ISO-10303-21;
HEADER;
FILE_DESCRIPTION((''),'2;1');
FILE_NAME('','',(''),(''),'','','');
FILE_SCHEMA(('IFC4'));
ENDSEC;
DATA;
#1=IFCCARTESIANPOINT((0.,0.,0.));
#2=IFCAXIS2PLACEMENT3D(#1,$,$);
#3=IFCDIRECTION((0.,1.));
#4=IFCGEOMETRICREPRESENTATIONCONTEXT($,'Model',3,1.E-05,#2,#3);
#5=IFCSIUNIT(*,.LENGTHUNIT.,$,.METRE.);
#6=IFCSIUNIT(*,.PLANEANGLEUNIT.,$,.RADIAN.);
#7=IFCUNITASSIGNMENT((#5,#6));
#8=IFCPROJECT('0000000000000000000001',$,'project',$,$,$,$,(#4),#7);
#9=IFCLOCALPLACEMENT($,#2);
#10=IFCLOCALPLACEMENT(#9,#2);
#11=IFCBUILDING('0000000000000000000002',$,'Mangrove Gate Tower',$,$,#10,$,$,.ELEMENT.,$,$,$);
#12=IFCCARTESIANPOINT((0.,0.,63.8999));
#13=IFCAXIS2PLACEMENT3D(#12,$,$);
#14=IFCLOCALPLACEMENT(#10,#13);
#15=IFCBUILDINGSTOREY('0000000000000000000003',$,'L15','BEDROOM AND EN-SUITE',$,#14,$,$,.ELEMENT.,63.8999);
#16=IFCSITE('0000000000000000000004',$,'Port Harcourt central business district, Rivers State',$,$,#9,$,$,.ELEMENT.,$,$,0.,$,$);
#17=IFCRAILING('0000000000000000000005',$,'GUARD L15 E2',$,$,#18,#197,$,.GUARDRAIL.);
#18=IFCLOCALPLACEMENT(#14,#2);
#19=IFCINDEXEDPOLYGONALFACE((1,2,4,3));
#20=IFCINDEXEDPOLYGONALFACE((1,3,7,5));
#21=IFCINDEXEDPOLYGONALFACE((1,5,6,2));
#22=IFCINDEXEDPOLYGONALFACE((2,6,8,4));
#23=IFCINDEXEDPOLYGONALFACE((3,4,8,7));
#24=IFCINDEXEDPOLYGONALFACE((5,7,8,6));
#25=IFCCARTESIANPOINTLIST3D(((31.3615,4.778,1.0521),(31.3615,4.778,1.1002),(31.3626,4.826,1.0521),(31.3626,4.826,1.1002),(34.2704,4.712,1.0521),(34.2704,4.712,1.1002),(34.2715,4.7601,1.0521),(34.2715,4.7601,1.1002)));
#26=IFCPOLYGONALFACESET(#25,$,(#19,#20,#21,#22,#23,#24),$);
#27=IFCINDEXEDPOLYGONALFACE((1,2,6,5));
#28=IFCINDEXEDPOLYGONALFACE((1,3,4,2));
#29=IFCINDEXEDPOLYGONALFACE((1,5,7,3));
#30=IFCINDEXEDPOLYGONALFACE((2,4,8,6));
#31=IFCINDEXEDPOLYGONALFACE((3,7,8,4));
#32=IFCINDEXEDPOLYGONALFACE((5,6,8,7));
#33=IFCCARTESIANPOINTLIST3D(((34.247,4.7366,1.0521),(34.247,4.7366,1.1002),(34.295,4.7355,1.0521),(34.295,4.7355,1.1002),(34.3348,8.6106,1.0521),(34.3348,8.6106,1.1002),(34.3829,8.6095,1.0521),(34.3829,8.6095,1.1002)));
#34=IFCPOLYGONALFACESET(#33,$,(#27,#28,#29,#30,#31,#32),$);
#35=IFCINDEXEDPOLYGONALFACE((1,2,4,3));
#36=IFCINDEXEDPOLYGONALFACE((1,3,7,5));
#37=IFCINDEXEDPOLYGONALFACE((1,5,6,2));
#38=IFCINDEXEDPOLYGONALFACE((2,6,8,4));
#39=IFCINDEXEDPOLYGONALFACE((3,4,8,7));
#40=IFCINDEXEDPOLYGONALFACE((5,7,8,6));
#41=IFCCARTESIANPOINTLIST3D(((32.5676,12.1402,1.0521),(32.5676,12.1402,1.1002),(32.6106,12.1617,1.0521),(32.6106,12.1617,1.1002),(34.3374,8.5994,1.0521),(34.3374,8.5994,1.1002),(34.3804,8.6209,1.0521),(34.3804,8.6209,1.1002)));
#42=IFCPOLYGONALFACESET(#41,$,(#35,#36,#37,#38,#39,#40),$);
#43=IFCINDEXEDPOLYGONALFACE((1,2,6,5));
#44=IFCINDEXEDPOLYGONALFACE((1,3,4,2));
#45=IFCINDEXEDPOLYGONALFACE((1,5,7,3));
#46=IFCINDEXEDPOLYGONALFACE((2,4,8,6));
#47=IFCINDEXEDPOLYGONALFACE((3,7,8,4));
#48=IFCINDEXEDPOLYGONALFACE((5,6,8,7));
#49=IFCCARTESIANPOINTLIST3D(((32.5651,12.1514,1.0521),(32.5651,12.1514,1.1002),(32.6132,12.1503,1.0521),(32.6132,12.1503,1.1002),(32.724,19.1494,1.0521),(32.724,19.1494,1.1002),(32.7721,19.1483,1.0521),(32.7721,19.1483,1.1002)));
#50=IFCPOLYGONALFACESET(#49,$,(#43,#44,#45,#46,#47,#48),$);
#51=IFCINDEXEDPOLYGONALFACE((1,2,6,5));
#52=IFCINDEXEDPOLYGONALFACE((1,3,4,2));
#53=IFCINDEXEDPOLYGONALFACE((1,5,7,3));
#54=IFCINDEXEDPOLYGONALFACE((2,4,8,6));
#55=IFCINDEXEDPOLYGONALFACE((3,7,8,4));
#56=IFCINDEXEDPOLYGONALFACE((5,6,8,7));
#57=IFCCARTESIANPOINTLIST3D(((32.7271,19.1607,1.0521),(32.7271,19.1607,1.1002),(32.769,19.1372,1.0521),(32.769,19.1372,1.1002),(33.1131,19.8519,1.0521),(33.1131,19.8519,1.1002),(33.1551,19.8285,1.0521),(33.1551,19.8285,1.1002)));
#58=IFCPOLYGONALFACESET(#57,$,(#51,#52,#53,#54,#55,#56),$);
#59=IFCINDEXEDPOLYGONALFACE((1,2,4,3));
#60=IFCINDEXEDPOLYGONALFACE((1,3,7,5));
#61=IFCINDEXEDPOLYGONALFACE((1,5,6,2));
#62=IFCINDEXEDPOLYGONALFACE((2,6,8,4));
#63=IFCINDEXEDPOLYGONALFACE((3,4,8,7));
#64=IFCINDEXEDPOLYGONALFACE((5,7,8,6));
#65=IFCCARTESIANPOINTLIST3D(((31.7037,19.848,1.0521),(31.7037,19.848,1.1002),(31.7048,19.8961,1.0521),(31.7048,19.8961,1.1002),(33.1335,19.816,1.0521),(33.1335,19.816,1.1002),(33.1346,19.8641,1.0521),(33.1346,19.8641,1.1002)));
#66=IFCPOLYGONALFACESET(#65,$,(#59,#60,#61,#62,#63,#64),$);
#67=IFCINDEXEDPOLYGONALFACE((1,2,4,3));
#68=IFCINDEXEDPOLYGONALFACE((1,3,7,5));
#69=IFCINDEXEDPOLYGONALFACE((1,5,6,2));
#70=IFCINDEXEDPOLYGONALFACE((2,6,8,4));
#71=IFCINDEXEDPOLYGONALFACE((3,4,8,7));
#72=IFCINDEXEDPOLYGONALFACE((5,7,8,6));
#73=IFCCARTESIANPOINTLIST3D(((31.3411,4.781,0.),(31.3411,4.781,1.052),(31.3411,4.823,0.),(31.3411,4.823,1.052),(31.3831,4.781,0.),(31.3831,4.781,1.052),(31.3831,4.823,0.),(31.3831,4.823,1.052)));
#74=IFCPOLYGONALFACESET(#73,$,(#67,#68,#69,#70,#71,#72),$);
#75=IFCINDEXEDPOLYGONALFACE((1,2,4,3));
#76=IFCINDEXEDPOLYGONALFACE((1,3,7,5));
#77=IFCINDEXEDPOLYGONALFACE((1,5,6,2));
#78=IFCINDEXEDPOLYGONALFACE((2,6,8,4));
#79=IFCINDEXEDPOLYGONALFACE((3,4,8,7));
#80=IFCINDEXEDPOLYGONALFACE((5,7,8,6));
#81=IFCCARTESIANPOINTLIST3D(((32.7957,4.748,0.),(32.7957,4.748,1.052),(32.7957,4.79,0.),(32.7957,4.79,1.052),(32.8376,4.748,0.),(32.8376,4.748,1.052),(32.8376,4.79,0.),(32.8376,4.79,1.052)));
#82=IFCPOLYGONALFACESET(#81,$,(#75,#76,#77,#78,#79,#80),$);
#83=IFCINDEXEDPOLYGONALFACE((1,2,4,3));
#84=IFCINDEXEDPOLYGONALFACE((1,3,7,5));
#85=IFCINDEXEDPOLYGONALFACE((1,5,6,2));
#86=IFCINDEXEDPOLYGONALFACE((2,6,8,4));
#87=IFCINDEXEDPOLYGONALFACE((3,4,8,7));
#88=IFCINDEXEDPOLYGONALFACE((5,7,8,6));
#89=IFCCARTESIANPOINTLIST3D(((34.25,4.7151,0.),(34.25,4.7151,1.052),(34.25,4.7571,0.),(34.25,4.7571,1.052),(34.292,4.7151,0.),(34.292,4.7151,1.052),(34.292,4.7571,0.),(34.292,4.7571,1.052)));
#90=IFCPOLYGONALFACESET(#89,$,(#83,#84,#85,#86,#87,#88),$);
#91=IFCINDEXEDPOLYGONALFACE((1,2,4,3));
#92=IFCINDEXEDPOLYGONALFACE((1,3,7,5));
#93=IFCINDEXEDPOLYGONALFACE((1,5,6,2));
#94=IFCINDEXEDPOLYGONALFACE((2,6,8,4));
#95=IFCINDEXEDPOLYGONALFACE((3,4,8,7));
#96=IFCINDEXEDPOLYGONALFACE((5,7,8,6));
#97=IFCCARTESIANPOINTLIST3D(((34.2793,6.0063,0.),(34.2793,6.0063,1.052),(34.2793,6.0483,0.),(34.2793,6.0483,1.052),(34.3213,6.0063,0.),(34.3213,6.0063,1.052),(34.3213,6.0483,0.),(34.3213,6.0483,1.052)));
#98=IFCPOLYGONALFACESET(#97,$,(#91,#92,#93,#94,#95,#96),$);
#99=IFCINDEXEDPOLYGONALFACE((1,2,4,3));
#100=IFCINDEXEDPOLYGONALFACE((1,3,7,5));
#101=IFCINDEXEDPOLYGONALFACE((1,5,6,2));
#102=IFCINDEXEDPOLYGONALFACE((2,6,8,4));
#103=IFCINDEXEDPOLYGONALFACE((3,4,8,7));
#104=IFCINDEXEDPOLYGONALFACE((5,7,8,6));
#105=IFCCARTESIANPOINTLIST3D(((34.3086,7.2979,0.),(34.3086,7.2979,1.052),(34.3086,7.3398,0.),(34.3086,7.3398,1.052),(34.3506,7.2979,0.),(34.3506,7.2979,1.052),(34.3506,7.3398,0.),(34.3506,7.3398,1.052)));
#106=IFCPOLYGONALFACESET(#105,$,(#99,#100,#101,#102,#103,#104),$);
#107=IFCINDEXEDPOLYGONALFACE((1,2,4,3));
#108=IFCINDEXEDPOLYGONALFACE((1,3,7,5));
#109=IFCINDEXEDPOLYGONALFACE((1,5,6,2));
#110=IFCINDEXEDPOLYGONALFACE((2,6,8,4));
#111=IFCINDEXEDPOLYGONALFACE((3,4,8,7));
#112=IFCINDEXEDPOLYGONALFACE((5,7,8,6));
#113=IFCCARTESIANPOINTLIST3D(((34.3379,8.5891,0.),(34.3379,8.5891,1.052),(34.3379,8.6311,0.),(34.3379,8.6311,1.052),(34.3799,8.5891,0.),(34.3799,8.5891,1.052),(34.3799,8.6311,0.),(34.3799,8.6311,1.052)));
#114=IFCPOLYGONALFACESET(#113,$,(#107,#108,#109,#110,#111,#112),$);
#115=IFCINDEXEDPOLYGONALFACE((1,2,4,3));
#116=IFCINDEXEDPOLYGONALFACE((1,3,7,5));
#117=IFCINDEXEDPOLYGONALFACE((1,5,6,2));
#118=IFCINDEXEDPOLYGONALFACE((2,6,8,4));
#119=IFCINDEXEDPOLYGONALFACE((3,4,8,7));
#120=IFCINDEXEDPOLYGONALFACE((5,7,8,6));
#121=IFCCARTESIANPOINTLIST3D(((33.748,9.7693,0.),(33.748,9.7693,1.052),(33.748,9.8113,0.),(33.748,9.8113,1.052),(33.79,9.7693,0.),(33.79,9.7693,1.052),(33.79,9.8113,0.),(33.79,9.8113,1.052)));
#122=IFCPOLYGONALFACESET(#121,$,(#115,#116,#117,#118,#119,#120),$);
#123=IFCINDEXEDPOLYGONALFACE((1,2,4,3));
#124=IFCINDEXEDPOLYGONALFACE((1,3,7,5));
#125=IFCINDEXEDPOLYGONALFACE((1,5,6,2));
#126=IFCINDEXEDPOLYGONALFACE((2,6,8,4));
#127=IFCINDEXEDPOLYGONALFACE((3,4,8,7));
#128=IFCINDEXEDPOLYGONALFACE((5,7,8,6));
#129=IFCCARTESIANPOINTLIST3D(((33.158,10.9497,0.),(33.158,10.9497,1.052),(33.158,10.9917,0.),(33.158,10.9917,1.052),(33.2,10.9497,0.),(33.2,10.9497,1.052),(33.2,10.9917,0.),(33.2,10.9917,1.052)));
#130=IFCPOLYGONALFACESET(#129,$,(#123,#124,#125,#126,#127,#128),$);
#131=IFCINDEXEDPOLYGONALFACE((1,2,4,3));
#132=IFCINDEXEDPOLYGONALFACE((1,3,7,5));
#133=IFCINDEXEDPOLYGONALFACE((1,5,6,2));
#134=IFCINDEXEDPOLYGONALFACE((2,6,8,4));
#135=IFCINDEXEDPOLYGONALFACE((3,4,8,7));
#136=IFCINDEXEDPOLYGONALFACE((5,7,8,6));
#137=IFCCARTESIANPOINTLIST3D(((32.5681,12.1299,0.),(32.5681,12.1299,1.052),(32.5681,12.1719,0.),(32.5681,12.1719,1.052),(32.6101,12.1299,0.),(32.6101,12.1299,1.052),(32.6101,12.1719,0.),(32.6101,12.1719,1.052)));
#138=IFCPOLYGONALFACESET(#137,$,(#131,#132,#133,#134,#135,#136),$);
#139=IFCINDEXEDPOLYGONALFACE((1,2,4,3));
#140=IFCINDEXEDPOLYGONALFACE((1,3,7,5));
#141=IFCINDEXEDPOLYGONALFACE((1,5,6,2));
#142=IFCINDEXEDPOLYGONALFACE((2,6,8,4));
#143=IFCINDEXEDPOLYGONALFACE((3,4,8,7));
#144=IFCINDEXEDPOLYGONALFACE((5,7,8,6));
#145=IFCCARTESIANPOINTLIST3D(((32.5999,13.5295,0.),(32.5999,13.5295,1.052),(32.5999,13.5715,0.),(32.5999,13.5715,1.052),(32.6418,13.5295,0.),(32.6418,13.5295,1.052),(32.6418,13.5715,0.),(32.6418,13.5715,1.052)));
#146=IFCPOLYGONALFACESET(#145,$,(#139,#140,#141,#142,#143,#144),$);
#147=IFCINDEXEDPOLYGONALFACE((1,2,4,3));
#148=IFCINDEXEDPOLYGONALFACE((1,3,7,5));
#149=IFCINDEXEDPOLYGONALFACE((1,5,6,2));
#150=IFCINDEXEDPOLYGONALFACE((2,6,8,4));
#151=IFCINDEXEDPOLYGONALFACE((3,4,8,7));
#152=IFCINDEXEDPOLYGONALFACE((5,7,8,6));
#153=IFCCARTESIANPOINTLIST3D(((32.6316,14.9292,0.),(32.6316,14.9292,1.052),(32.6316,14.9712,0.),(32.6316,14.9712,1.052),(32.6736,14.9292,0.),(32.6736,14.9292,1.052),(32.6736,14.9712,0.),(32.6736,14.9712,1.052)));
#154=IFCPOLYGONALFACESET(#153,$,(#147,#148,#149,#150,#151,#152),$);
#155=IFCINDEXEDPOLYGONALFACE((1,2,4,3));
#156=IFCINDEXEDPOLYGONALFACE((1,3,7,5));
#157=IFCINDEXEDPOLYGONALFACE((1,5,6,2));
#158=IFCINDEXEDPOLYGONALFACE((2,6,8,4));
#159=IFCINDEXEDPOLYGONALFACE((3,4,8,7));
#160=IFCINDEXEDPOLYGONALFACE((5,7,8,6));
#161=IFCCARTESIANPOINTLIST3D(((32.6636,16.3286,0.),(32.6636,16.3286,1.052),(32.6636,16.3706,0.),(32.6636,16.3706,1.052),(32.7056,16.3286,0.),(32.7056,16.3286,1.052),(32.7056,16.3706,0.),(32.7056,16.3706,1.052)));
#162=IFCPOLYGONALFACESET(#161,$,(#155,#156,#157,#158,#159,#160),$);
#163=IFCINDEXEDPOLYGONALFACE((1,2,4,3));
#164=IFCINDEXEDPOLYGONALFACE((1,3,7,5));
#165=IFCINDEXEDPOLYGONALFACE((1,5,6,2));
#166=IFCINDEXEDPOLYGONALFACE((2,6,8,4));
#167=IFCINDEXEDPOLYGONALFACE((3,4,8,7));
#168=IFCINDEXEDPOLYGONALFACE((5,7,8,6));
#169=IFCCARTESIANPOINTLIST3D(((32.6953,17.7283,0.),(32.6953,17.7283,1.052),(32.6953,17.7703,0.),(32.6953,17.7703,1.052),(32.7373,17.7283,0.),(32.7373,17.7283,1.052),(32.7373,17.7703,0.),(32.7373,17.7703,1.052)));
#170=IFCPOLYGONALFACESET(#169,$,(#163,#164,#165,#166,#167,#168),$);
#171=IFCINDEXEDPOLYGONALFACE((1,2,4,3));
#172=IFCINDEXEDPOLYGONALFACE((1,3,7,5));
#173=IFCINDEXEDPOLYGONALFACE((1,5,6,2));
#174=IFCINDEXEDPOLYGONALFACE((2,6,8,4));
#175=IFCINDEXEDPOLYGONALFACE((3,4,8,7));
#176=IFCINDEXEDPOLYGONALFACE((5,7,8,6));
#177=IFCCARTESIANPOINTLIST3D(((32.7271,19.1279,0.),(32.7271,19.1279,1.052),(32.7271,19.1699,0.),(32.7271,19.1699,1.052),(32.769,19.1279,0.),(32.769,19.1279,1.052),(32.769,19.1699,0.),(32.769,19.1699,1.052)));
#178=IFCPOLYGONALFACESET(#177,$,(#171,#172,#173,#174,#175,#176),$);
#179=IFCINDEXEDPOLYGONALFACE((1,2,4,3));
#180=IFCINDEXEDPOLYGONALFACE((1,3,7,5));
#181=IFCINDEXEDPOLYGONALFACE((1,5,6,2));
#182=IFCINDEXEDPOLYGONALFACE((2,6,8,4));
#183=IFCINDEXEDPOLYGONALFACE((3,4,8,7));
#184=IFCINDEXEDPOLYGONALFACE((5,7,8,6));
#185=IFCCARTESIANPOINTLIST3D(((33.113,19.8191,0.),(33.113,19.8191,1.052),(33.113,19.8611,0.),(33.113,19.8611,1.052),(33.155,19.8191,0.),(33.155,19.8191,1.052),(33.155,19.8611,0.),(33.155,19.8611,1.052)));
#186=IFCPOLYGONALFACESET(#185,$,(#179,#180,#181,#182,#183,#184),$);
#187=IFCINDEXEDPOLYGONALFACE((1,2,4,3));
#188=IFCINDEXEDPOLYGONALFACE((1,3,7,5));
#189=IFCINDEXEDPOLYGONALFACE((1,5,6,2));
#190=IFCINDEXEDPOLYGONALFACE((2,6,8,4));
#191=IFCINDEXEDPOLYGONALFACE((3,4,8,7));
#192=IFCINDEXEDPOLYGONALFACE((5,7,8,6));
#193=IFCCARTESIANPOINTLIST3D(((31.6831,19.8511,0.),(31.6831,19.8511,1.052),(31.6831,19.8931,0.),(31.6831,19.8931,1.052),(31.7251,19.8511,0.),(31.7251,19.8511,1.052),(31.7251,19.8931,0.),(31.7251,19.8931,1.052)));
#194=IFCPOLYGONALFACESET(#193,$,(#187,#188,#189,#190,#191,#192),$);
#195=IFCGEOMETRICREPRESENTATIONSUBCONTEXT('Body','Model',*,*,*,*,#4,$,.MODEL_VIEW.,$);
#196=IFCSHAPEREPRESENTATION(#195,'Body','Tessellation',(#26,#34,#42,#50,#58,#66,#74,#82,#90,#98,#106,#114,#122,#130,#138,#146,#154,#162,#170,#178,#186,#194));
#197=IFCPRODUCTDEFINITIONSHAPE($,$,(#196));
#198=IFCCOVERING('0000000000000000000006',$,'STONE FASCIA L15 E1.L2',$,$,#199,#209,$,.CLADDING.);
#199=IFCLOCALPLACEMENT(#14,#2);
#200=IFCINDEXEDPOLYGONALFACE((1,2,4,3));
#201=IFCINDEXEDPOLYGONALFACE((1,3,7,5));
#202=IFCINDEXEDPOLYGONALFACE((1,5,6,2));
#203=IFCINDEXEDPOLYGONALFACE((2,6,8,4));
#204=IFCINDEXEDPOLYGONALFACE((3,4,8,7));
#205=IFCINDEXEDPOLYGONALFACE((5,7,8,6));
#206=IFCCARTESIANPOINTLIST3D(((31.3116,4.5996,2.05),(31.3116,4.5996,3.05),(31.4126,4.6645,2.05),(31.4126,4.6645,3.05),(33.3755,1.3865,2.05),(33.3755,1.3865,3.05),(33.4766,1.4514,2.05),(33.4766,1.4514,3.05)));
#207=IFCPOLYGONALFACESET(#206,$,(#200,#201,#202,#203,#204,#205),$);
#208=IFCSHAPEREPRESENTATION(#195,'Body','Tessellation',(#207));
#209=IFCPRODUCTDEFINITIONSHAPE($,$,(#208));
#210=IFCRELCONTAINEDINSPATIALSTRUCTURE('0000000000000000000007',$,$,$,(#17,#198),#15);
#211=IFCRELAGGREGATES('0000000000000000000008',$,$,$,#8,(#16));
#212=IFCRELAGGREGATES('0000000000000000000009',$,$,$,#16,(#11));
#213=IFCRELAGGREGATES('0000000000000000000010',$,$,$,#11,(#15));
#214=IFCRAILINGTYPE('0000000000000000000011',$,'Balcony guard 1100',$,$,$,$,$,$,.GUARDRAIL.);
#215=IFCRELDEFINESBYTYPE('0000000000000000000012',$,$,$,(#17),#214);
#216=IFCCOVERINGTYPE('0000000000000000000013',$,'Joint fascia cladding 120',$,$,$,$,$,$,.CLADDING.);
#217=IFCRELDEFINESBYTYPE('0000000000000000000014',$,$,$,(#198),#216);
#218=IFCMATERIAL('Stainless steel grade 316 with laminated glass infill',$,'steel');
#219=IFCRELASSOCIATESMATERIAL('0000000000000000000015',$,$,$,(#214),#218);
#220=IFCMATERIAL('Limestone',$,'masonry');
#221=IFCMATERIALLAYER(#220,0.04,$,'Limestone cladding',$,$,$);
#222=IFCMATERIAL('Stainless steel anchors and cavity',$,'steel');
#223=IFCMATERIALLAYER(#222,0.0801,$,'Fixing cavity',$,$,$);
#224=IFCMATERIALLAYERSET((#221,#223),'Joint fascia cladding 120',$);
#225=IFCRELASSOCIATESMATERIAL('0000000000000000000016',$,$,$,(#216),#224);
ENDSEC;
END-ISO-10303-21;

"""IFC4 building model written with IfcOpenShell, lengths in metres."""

from ifc_helpers import new_model, si_unit, direction, frame, frame_2d, origin, origin_2d, place, context, subcontext, project, spatial, rectangle, extrude, material, layer, layer_set, type_object, element, save


model = new_model("IFC4")

# Units and contexts
model_context = context("Model", 3, precision=1e-05, world=origin(), true_north=direction((0.0, 1.0)))
body_context = subcontext(model_context, "Body", "Model", "MODEL_VIEW")
ifc_project = project(units=[si_unit("LENGTHUNIT", "METRE"), si_unit("PLANEANGLEUNIT", "RADIAN")], contexts=[model_context])

# Site, building, storey
site_placement = place(None, origin())
site = spatial("IfcSite", under=ifc_project, at=site_placement, Name="Port Harcourt central business district, Rivers State", CompositionType="ELEMENT", RefElevation=0.0)
building_placement = place(site_placement, origin())
building = spatial("IfcBuilding", under=site, at=building_placement, Name="Mangrove Gate Tower", CompositionType="ELEMENT")
storey_placement = place(building_placement, frame((0.0, 0.0, 63.8999)))
storey = spatial("IfcBuildingStorey", under=building, at=storey_placement, Name="L15", Description="BEDROOM AND EN-SUITE", CompositionType="ELEMENT", Elevation=63.8999)

# Shared definitions
ifc_material_1 = material(Name="Limestone", Category="masonry")

# Railing
ifc_material_2 = material(Name="Stainless steel grade 316 with laminated glass infill", Category="steel")
railing_type = type_object("IfcRailingType", Name="Balcony guard 1100", PredefinedType="GUARDRAIL", material=ifc_material_2)
railing_placement = place(storey_placement, frame((31.3621, 4.802, 0.0)))
element("IfcRailing", 1, at=railing_placement, inside=storey, type_object=railing_type, Name="GUARD L15 E2", PredefinedType="GUARDRAIL", context=body_context, shape_type="SweptSolid", body=[
    extrude(rectangle(XDim=0.0481, YDim=0.0481, at=origin_2d()), frame((0.0, 0.0, 1.0762), z_axis=(0.999743, -0.022655, 0.0), x_axis=(0.022655, 0.999743, 0.0)), (0.0, 0.0, 1.0), 2.9097),
    extrude(rectangle(XDim=0.0481, YDim=0.0481, at=origin_2d()), frame((2.9089, -0.0659, 1.0762), z_axis=(0.022681, 0.999743, 0.0), x_axis=(-0.999743, 0.022681, 0.0)), (0.0, 0.0, 1.0), 3.875),
    extrude(rectangle(XDim=0.0481, YDim=0.0481, at=origin_2d()), frame((2.9968, 3.8081, 1.0762), z_axis=(-0.44709, 0.894489, 0.0), x_axis=(-0.894489, -0.44709, 0.0)), (0.0, 0.0, 1.0), 3.9585),
    extrude(rectangle(XDim=0.0481, YDim=0.0481, at=origin_2d()), frame((1.2271, 7.3489, 1.0762), z_axis=(0.022706, 0.999742, 0.0), x_axis=(-0.999742, 0.022706, 0.0)), (0.0, 0.0, 1.0), 6.9998),
    extrude(rectangle(XDim=0.0481, YDim=0.0481, at=origin_2d()), frame((1.386, 14.3469, 1.0762), z_axis=(0.487579, 0.873079, 0.0), x_axis=(-0.873079, 0.487579, 0.0)), (0.0, 0.0, 1.0), 0.7917),
    extrude(rectangle(XDim=0.0481, YDim=0.0481, at=origin_2d()), frame((1.772, 15.0381, 1.0762), z_axis=(-0.99975, 0.022361, 0.0), x_axis=(-0.022361, -0.99975, 0.0)), (0.0, 0.0, 1.0), 1.4302),
    extrude(rectangle(XDim=0.042, YDim=0.042, at=origin_2d()), origin(), (0.0, 0.0, 1.0), 1.052),
    extrude(rectangle(XDim=0.042, YDim=0.042, at=origin_2d()), frame((1.4546, -0.033, 0.0)), (0.0, 0.0, 1.0), 1.052),
    extrude(rectangle(XDim=0.042, YDim=0.042, at=origin_2d()), frame((2.9089, -0.0659, 0.0)), (0.0, 0.0, 1.0), 1.052),
    extrude(rectangle(XDim=0.042, YDim=0.042, at=origin_2d()), frame((2.9382, 1.2253, 0.0)), (0.0, 0.0, 1.0), 1.052),
    extrude(rectangle(XDim=0.042, YDim=0.042, at=origin_2d()), frame((2.9675, 2.5168, 0.0)), (0.0, 0.0, 1.0), 1.052),
    extrude(rectangle(XDim=0.042, YDim=0.042, at=origin_2d()), frame((2.9968, 3.8081, 0.0)), (0.0, 0.0, 1.0), 1.052),
    extrude(rectangle(XDim=0.042, YDim=0.042, at=origin_2d()), frame((2.407, 4.9883, 0.0)), (0.0, 0.0, 1.0), 1.052),
    extrude(rectangle(XDim=0.042, YDim=0.042, at=origin_2d()), frame((1.8169, 6.1687, 0.0)), (0.0, 0.0, 1.0), 1.052),
    extrude(rectangle(XDim=0.042, YDim=0.042, at=origin_2d()), frame((1.2271, 7.3489, 0.0)), (0.0, 0.0, 1.0), 1.052),
    extrude(rectangle(XDim=0.042, YDim=0.042, at=origin_2d()), frame((1.2588, 8.7485, 0.0)), (0.0, 0.0, 1.0), 1.052),
    extrude(rectangle(XDim=0.042, YDim=0.042, at=origin_2d()), frame((1.2905, 10.1482, 0.0)), (0.0, 0.0, 1.0), 1.052),
    extrude(rectangle(XDim=0.042, YDim=0.042, at=origin_2d()), frame((1.3225, 11.5476, 0.0)), (0.0, 0.0, 1.0), 1.052),
    extrude(rectangle(XDim=0.042, YDim=0.042, at=origin_2d()), frame((1.3542, 12.9473, 0.0)), (0.0, 0.0, 1.0), 1.052),
    extrude(rectangle(XDim=0.042, YDim=0.042, at=origin_2d()), frame((1.386, 14.3469, 0.0)), (0.0, 0.0, 1.0), 1.052),
    extrude(rectangle(XDim=0.042, YDim=0.042, at=origin_2d()), frame((1.772, 15.0381, 0.0)), (0.0, 0.0, 1.0), 1.052),
    extrude(rectangle(XDim=0.042, YDim=0.042, at=origin_2d()), frame((0.342, 15.0701, 0.0)), (0.0, 0.0, 1.0), 1.052),
])

# Covering
ifc_layer_1 = layer(ifc_material_1, 0.04, Name="Limestone cladding")
ifc_material_3 = material(Name="Stainless steel anchors and cavity", Category="steel")
ifc_layer_2 = layer(ifc_material_3, 0.0801, Name="Fixing cavity")
ifc_layer_set_1 = layer_set([ifc_layer_1, ifc_layer_2], Name="Joint fascia cladding 120")
covering_type = type_object("IfcCoveringType", Name="Joint fascia cladding 120", PredefinedType="CLADDING", material=ifc_layer_set_1)
covering_placement = place(storey_placement, frame((33.426, 1.4189, 2.05), z_axis=(0.0, 0.0, 1.0), x_axis=(-0.540457, 0.841372, 0.0)))
element("IfcCovering", 2, at=covering_placement, inside=storey, type_object=covering_type, Name="STONE FASCIA L15 E1.L2", PredefinedType="CLADDING", context=body_context, shape_type="SweptSolid", body=[
    extrude(rectangle(XDim=3.8188, YDim=0.1201, at=frame_2d((1.9094, 0.0))), origin(), (0.0, 0.0, 1.0), 1.0),
])

save(model, "model.ifc")
